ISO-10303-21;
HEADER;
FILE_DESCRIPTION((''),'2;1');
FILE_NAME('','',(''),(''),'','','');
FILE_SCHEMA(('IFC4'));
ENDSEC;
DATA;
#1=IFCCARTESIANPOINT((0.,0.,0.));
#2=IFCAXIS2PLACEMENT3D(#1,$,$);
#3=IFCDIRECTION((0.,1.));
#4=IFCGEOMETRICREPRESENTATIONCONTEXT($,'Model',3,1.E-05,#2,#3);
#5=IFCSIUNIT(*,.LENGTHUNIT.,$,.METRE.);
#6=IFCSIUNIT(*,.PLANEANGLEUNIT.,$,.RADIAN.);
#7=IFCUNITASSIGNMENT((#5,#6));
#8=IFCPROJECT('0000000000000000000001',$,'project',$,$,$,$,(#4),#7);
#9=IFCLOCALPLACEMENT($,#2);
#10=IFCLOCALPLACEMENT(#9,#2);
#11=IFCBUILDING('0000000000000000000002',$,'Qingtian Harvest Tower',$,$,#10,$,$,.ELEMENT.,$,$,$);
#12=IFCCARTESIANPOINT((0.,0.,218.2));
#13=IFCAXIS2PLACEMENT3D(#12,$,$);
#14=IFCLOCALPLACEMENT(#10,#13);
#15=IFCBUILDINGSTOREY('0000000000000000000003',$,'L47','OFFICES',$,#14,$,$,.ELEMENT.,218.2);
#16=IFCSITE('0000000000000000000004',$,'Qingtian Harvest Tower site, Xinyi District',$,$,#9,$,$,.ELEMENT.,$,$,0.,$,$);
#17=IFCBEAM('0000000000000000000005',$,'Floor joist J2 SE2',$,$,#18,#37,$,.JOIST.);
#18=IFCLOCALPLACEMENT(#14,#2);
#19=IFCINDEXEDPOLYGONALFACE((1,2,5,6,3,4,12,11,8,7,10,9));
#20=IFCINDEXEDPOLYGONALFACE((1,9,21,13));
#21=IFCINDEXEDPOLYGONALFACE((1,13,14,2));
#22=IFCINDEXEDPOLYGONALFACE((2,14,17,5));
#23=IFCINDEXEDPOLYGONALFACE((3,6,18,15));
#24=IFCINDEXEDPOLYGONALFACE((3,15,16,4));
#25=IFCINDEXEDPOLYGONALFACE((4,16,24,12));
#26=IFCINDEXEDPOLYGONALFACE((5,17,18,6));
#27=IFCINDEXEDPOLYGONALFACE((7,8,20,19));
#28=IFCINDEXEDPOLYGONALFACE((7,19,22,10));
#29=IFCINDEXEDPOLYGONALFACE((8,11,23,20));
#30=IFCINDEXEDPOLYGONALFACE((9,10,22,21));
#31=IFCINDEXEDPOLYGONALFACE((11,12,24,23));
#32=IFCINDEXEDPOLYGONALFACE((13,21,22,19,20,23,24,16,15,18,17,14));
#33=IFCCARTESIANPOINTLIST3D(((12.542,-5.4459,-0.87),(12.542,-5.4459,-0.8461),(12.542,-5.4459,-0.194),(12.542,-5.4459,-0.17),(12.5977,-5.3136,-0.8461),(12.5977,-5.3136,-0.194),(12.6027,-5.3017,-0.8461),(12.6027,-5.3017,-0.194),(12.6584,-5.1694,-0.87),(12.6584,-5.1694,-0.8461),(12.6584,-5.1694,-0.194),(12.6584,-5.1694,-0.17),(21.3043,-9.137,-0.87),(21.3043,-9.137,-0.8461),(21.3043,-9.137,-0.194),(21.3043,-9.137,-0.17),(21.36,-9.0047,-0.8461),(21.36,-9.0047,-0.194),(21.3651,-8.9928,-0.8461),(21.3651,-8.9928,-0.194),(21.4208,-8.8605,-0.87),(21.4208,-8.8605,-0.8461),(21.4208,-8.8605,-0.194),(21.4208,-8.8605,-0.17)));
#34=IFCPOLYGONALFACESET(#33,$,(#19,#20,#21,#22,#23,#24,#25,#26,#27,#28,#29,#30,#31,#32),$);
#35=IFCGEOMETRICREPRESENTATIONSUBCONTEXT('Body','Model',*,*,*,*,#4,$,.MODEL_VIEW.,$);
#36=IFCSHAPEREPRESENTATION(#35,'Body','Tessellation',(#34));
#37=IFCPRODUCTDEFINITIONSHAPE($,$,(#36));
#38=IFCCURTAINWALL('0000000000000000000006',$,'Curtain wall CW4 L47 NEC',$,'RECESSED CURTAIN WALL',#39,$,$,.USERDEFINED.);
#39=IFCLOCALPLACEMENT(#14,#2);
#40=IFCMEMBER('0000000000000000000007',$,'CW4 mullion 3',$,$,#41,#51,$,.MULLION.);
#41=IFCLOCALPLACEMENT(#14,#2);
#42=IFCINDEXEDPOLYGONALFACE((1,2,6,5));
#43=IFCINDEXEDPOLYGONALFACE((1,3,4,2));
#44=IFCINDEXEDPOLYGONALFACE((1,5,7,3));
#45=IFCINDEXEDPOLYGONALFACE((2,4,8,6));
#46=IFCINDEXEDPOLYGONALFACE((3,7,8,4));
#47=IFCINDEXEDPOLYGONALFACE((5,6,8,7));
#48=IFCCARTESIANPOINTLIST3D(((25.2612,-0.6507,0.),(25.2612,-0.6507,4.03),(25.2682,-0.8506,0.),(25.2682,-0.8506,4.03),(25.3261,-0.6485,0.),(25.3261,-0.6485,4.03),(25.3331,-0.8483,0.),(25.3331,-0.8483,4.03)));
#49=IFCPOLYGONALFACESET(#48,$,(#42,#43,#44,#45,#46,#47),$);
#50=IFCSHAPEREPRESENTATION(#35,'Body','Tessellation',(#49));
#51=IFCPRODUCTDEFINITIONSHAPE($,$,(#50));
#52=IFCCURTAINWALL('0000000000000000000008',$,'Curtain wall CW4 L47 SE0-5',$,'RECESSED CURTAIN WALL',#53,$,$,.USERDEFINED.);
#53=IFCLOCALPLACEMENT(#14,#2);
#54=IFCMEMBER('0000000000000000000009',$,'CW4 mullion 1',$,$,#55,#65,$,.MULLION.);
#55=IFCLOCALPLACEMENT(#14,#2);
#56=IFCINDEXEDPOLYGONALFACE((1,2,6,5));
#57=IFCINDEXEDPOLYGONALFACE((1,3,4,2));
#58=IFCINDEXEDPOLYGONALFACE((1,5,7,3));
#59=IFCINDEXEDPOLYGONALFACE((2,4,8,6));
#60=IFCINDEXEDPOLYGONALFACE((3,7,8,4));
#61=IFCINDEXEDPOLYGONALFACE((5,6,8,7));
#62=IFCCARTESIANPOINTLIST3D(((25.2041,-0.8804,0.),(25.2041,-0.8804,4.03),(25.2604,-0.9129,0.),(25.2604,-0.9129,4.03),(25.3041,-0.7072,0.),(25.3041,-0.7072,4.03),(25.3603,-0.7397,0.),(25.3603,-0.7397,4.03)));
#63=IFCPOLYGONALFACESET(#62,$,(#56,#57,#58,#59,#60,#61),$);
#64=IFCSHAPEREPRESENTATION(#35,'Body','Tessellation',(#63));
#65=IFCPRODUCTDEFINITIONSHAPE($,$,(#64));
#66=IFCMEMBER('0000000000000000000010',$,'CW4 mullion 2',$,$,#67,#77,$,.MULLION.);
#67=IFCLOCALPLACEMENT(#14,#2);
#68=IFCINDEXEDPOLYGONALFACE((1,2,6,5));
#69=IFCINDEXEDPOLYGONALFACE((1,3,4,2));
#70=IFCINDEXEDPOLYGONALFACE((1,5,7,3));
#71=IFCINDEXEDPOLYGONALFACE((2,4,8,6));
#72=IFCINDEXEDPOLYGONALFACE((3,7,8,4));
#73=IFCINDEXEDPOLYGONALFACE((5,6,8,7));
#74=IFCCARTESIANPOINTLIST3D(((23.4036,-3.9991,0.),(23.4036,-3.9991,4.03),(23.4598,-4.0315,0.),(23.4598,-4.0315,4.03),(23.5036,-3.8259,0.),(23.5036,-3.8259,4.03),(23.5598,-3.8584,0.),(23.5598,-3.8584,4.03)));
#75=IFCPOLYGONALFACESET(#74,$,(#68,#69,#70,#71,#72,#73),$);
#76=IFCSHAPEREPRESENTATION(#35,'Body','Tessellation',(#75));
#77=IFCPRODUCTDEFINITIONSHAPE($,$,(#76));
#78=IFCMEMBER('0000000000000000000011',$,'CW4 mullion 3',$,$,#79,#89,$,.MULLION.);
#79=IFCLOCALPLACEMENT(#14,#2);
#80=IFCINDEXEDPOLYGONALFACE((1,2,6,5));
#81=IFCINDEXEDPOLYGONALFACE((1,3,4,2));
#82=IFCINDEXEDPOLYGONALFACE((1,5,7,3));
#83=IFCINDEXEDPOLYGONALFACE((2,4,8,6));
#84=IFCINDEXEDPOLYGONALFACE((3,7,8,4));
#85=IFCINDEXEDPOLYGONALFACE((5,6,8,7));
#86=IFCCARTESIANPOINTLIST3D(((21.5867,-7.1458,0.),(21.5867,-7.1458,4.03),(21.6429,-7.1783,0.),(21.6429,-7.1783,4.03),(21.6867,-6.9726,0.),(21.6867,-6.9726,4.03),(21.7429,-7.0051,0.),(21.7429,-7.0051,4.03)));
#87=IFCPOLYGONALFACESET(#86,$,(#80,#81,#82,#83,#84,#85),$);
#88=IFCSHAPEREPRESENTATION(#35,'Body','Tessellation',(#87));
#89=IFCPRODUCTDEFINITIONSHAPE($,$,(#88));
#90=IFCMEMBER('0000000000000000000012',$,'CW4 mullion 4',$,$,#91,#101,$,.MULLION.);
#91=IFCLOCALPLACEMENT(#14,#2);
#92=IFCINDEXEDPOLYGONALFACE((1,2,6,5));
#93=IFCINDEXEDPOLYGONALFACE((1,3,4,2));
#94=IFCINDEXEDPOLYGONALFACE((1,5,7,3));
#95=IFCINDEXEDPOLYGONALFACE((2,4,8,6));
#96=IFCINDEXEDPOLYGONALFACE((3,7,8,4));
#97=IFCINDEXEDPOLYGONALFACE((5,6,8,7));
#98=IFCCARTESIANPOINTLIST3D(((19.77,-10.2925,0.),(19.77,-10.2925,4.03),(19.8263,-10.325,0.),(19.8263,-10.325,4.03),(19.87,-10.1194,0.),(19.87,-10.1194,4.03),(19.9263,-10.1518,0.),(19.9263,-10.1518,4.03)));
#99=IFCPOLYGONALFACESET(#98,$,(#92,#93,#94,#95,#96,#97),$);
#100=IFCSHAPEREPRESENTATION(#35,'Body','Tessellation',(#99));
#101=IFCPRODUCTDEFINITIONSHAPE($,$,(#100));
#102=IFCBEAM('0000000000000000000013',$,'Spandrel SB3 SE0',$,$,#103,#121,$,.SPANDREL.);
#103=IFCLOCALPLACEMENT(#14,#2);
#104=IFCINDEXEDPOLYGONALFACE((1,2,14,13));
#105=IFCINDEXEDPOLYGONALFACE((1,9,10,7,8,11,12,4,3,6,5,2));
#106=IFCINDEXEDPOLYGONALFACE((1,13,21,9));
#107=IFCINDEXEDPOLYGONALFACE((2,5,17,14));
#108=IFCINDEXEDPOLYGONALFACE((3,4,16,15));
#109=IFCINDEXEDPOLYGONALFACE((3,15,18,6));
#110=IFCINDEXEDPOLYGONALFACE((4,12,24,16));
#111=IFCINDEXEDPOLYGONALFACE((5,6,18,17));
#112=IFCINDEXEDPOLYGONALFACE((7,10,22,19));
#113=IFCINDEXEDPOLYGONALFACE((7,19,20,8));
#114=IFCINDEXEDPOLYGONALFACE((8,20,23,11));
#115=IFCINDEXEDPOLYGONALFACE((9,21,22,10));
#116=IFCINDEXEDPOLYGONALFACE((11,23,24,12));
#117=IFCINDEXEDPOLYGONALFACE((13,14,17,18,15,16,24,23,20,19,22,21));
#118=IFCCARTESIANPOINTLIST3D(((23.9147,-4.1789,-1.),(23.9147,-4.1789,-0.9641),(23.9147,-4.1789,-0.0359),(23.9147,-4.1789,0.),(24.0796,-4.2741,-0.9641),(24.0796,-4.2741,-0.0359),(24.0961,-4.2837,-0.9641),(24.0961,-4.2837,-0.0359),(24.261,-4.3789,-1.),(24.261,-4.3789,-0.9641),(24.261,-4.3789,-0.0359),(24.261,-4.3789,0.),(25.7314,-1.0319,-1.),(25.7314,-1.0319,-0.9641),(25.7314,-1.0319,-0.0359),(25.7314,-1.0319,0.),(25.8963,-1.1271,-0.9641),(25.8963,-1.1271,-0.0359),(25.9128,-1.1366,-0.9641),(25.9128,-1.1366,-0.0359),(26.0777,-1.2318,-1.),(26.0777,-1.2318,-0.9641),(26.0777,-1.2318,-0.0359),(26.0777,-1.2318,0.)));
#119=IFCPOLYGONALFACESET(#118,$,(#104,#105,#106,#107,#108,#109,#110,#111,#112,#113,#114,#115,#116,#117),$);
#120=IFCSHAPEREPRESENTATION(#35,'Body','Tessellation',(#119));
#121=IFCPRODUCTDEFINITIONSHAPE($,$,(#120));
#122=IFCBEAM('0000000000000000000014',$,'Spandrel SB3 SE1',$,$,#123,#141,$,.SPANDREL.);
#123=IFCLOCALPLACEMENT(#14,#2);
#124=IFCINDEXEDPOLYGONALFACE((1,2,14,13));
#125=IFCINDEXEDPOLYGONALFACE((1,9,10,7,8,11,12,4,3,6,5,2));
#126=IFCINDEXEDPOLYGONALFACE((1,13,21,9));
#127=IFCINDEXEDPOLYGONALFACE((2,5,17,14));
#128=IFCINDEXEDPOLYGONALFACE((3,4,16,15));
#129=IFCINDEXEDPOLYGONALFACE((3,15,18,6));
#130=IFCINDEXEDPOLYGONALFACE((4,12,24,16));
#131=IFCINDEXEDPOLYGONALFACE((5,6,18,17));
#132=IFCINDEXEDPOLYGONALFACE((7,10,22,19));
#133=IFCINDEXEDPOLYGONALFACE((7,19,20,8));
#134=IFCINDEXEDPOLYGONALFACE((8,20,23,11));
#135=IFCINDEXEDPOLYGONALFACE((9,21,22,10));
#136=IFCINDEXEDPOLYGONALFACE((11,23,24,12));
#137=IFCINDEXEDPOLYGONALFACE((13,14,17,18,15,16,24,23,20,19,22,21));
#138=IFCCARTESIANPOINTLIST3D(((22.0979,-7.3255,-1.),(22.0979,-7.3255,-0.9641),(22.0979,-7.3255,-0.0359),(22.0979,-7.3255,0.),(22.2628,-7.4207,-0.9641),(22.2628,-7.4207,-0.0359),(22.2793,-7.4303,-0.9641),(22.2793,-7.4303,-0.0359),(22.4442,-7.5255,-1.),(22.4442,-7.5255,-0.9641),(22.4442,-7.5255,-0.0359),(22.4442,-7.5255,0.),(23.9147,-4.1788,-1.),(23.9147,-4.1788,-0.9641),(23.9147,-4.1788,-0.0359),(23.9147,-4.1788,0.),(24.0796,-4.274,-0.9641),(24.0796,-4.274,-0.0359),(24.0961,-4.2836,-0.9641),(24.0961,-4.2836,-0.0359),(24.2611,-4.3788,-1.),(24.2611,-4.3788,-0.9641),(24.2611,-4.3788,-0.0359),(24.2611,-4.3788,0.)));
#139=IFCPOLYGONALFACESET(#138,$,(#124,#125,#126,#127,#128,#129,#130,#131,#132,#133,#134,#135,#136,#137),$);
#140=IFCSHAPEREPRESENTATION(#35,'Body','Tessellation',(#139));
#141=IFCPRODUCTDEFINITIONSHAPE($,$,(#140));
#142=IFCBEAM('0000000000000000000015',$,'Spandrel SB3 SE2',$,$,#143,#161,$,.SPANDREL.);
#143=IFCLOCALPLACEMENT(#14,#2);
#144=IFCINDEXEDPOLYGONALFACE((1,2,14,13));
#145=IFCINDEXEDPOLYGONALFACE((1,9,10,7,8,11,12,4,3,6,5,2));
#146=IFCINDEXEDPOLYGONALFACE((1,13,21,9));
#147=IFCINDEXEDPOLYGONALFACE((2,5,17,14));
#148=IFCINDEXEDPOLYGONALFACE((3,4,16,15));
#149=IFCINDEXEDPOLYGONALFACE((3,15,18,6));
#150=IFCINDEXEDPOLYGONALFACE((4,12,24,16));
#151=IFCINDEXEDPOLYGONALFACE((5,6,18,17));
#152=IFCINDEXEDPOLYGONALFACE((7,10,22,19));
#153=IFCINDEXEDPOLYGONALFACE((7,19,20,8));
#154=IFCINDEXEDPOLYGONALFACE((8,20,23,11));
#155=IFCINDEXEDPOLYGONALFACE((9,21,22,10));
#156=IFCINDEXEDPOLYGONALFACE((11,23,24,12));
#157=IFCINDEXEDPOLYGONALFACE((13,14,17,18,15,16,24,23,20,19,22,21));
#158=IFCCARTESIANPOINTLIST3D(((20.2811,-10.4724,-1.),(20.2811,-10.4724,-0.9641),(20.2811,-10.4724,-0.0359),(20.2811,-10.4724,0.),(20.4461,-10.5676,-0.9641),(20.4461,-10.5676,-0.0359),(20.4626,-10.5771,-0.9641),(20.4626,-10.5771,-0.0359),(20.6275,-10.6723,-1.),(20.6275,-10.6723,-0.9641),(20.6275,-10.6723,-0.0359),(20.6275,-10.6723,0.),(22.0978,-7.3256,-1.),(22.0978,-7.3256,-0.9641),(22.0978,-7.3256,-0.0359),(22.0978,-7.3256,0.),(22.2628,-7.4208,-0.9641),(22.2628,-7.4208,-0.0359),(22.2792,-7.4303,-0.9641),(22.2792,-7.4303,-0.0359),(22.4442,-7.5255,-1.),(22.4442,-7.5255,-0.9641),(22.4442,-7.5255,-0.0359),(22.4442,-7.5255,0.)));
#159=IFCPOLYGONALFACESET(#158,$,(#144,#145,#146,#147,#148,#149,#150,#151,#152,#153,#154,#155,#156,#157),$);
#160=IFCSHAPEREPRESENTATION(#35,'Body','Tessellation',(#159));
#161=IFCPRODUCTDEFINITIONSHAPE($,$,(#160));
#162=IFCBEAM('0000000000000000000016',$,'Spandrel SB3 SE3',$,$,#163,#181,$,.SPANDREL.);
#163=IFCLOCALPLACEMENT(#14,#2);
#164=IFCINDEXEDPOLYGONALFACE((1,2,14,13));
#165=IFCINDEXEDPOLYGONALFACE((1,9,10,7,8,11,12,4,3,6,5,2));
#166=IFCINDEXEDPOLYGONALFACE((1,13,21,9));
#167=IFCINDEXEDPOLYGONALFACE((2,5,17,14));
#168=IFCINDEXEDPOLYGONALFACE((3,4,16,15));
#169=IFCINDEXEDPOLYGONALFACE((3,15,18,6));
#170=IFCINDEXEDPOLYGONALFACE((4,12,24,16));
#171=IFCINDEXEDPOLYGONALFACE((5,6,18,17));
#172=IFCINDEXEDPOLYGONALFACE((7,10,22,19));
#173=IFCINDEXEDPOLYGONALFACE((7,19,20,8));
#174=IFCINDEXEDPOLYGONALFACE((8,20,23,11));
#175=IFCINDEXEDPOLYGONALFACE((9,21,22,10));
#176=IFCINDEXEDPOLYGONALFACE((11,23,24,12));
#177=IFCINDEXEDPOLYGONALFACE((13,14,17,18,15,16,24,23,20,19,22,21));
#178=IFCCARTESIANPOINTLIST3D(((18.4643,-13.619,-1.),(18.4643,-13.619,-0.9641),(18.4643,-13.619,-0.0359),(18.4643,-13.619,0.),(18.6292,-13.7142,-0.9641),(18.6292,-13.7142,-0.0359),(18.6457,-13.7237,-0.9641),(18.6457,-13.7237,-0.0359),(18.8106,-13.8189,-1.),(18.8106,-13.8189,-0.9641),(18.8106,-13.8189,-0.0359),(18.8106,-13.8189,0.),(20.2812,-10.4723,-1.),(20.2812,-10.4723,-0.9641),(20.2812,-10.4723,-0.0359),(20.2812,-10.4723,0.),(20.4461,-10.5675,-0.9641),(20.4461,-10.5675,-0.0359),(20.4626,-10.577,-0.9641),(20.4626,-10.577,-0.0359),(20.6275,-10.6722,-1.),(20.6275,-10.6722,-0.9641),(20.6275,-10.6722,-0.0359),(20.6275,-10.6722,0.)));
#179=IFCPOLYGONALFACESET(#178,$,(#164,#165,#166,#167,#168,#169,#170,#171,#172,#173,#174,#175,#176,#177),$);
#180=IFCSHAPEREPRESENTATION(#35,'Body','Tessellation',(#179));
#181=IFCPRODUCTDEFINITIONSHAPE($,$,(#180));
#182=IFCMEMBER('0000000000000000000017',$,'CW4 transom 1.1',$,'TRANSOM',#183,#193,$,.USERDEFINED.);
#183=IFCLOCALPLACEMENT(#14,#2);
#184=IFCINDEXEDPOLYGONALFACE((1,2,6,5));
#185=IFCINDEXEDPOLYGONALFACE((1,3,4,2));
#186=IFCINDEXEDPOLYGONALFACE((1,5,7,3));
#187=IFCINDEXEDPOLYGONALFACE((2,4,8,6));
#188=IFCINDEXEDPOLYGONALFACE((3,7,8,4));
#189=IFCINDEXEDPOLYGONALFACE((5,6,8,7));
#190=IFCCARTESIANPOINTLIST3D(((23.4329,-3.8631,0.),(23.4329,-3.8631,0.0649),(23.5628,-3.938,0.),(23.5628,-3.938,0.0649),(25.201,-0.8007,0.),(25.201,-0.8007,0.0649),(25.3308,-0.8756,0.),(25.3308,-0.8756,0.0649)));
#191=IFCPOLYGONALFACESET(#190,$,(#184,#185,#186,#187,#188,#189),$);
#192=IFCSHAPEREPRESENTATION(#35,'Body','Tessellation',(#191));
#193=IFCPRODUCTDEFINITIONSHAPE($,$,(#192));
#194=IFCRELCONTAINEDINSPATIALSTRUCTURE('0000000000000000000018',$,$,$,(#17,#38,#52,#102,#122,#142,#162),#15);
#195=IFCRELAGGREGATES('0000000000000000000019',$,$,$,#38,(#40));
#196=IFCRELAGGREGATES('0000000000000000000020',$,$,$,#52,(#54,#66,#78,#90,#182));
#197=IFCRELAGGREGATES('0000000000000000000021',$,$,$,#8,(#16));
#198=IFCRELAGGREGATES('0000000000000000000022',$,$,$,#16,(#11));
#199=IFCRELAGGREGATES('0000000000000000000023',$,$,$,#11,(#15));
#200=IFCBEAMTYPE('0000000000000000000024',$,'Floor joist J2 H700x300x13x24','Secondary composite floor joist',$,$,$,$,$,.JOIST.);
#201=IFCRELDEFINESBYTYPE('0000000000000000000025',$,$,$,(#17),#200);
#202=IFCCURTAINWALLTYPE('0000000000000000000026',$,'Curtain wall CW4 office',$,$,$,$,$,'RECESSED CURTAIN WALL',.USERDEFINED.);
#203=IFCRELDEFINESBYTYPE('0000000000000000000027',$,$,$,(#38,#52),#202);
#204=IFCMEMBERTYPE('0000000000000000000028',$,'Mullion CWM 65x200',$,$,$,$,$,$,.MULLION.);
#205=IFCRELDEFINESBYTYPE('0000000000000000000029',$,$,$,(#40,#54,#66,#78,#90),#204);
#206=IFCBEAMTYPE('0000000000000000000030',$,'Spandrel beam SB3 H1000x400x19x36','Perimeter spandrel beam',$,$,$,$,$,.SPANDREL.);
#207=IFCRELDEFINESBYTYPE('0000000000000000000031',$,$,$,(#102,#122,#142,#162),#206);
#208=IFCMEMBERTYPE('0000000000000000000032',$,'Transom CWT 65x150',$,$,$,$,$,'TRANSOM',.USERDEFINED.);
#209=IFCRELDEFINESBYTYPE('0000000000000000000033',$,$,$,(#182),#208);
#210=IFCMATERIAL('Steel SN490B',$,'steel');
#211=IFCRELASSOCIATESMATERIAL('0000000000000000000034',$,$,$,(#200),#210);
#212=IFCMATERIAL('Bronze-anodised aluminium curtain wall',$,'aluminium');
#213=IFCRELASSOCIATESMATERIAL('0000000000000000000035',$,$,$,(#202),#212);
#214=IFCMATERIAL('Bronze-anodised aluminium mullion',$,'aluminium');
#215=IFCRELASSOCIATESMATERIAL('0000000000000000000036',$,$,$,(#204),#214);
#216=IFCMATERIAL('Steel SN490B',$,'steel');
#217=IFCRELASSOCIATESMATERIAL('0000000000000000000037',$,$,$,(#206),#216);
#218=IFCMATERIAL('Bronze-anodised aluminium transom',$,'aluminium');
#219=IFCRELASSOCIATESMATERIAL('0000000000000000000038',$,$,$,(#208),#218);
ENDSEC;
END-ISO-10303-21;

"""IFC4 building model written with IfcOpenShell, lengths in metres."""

from ifc_helpers import new_model, si_unit, direction, frame, origin, origin_2d, place, context, subcontext, project, spatial, rectangle, i_section, extrude, material, material_profile, profile_set, type_object, element, aggregate, save


model = new_model("IFC4")

# Units and contexts
model_context = context("Model", 3, precision=1e-05, world=origin(), true_north=direction((0.0, 1.0)))
body_context = subcontext(model_context, "Body", "Model", "MODEL_VIEW")
ifc_project = project(units=[si_unit("LENGTHUNIT", "METRE"), si_unit("PLANEANGLEUNIT", "RADIAN")], contexts=[model_context])

# Site, building, storey
site_placement = place(None, origin())
site = spatial("IfcSite", under=ifc_project, at=site_placement, Name="Qingtian Harvest Tower site, Xinyi District", CompositionType="ELEMENT", RefElevation=0.0)
building_placement = place(site_placement, origin())
building = spatial("IfcBuilding", under=site, at=building_placement, Name="Qingtian Harvest Tower", CompositionType="ELEMENT")
storey_placement = place(building_placement, frame((0.0, 0.0, 218.2)))
storey = spatial("IfcBuildingStorey", under=building, at=storey_placement, Name="L47", Description="OFFICES", CompositionType="ELEMENT", Elevation=218.2)

# Beam
ifc_material_1 = material(Name="Steel SN490B", Category="steel")
ifc_material_profile_1 = material_profile(ifc_material_1, i_section(OverallWidth=0.3, OverallDepth=0.7, WebThickness=0.0129, FlangeThickness=0.0239, at=origin_2d()), Name="H700x300x13x24")
ifc_profile_set_1 = profile_set([ifc_material_profile_1], Name="Steel SN490B")
beam_type_1 = type_object("IfcBeamType", Name="Floor joist J2 H700x300x13x24", Description="Secondary composite floor joist", PredefinedType="JOIST", material=ifc_profile_set_1)
beam_1_placement = place(storey_placement, frame((21.3625, -8.9988, -0.52), z_axis=(-0.921571, 0.38821, 0.0), x_axis=(-0.38821, -0.921571, 0.0)))
element("IfcBeam", 1, at=beam_1_placement, inside=storey, type_object=beam_type_1, Name="Floor joist J2 SE2", PredefinedType="JOIST", context=body_context, shape_type="SweptSolid", body=[
    extrude(i_section(OverallWidth=0.3, OverallDepth=0.7, WebThickness=0.0129, FlangeThickness=0.0239, at=origin_2d()), origin(), (0.0, 0.0, 1.0), 9.5081),
])

# Curtain wall, member
ifc_material_2 = material(Name="Bronze-anodised aluminium curtain wall", Category="aluminium")
curtain_wall_type = type_object("IfcCurtainWallType", Name="Curtain wall CW4 office", ElementType="RECESSED CURTAIN WALL", PredefinedType="USERDEFINED", material=ifc_material_2)
curtain_wall_1_placement = place(storey_placement, origin())
curtain_wall_1 = element("IfcCurtainWall", 2, at=curtain_wall_1_placement, inside=storey, type_object=curtain_wall_type, Name="Curtain wall CW4 L47 NEC", ObjectType="RECESSED CURTAIN WALL", PredefinedType="USERDEFINED")
ifc_material_3 = material(Name="Bronze-anodised aluminium mullion", Category="aluminium")
ifc_material_profile_2 = material_profile(ifc_material_3, rectangle(XDim=0.0649, YDim=0.2, at=origin_2d()), Name="AL 65x200")
ifc_profile_set_2 = profile_set([ifc_material_profile_2], Name="Bronze-anodised aluminium mullion")
member_type_1 = type_object("IfcMemberType", Name="Mullion CWM 65x200", PredefinedType="MULLION", material=ifc_profile_set_2)
member_1_placement = place(storey_placement, frame((25.2971, -0.7495, 0.0), z_axis=(0.0, 0.0, 1.0), x_axis=(0.999391, 0.034899, 0.0)))
member_1 = element("IfcMember", 3, at=member_1_placement, type_object=member_type_1, Name="CW4 mullion 3", PredefinedType="MULLION", context=body_context, shape_type="SweptSolid", body=[
    extrude(rectangle(XDim=0.0649, YDim=0.2, at=origin_2d()), origin(), (0.0, 0.0, 1.0), 4.03),
])
aggregate(curtain_wall_1, [member_1])

# Curtain wall, members
curtain_wall_2_placement = place(storey_placement, origin())
curtain_wall_2 = element("IfcCurtainWall", 4, at=curtain_wall_2_placement, inside=storey, type_object=curtain_wall_type, Name="Curtain wall CW4 L47 SE0-5", ObjectType="RECESSED CURTAIN WALL", PredefinedType="USERDEFINED")
member_2_placement = place(storey_placement, frame((25.2822, -0.8101, 0.0), z_axis=(0.0, 0.0, 1.0), x_axis=(0.866025, -0.5, 0.0)))
member_2 = element("IfcMember", 5, at=member_2_placement, type_object=member_type_1, Name="CW4 mullion 1", PredefinedType="MULLION", context=body_context, shape_type="SweptSolid", body=[
    extrude(rectangle(XDim=0.0649, YDim=0.2, at=origin_2d()), origin(), (0.0, 0.0, 1.0), 4.03),
])
member_3_placement = place(storey_placement, frame((23.4817, -3.9287, 0.0), z_axis=(0.0, 0.0, 1.0), x_axis=(0.866025, -0.5, 0.0)))
member_3 = element("IfcMember", 6, at=member_3_placement, type_object=member_type_1, Name="CW4 mullion 2", PredefinedType="MULLION", context=body_context, shape_type="SweptSolid", body=[
    extrude(rectangle(XDim=0.0649, YDim=0.2, at=origin_2d()), origin(), (0.0, 0.0, 1.0), 4.03),
])
member_4_placement = place(storey_placement, frame((21.6648, -7.0754, 0.0), z_axis=(0.0, 0.0, 1.0), x_axis=(0.866025, -0.5, 0.0)))
member_4 = element("IfcMember", 7, at=member_4_placement, type_object=member_type_1, Name="CW4 mullion 3", PredefinedType="MULLION", context=body_context, shape_type="SweptSolid", body=[
    extrude(rectangle(XDim=0.0649, YDim=0.2, at=origin_2d()), origin(), (0.0, 0.0, 1.0), 4.03),
])
member_5_placement = place(storey_placement, frame((19.8481, -10.2222, 0.0), z_axis=(0.0, 0.0, 1.0), x_axis=(0.866025, -0.5, 0.0)))
member_5 = element("IfcMember", 8, at=member_5_placement, type_object=member_type_1, Name="CW4 mullion 4", PredefinedType="MULLION", context=body_context, shape_type="SweptSolid", body=[
    extrude(rectangle(XDim=0.0649, YDim=0.2, at=origin_2d()), origin(), (0.0, 0.0, 1.0), 4.03),
])

# Beams
ifc_material_4 = material(Name="Steel SN490B", Category="steel")
ifc_material_profile_3 = material_profile(ifc_material_4, i_section(OverallWidth=0.3999, OverallDepth=1.0, WebThickness=0.019, FlangeThickness=0.0359, at=origin_2d()), Name="H1000x400x19x36")
ifc_profile_set_3 = profile_set([ifc_material_profile_3], Name="Steel SN490B")
beam_type_2 = type_object("IfcBeamType", Name="Spandrel beam SB3 H1000x400x19x36", Description="Perimeter spandrel beam", PredefinedType="SPANDREL", material=ifc_profile_set_3)
beam_2_placement = place(storey_placement, frame((25.9045, -1.1318, -0.5), z_axis=(-0.499947, -0.866056, 0.0), x_axis=(0.866056, -0.499947, 0.0)))
element("IfcBeam", 9, at=beam_2_placement, inside=storey, type_object=beam_type_2, Name="Spandrel SB3 SE0", PredefinedType="SPANDREL", context=body_context, shape_type="SweptSolid", body=[
    extrude(i_section(OverallWidth=0.3999, OverallDepth=1.0, WebThickness=0.019, FlangeThickness=0.0359, at=origin_2d()), origin(), (0.0, 0.0, 1.0), 3.6338),
])
for number, where, z_axis, x_axis, name in (
    (10, (24.0879, -4.2788, -0.5), (-0.500027, -0.86601, 0.0), (0.86601, -0.500027, 0.0), "Spandrel SB3 SE1"),
    (11, (22.271, -7.4255, -0.5), (-0.499976, -0.866039, 0.0), (0.866039, -0.499976, 0.0), "Spandrel SB3 SE2"),
    (12, (20.4543, -10.5723, -0.5), (-0.500027, -0.86601, 0.0), (0.86601, -0.500027, 0.0), "Spandrel SB3 SE3"),
):
    element("IfcBeam", number, at=place(storey_placement, frame(where, z_axis=z_axis, x_axis=x_axis)), inside=storey, type_object=beam_type_2, Name=name, PredefinedType="SPANDREL", context=body_context, shape_type="SweptSolid", body=[
        extrude(i_section(OverallWidth=0.3999, OverallDepth=1.0, WebThickness=0.019, FlangeThickness=0.0359, at=origin_2d()), origin(), (0.0, 0.0, 1.0), 3.6335),
    ])

# Member
ifc_material_5 = material(Name="Bronze-anodised aluminium transom", Category="aluminium")
ifc_material_profile_4 = material_profile(ifc_material_5, rectangle(XDim=0.1499, YDim=0.0649, at=origin_2d()), Name="AL 65x150")
ifc_profile_set_4 = profile_set([ifc_material_profile_4], Name="Bronze-anodised aluminium transom")
member_type_2 = type_object("IfcMemberType", Name="Transom CWT 65x150", ElementType="TRANSOM", PredefinedType="USERDEFINED", material=ifc_profile_set_4)
member_6_placement = place(storey_placement, frame((25.2659, -0.8381, 0.0325), z_axis=(-0.499985, -0.866034, 0.0), x_axis=(0.866034, -0.499985, 0.0)))
member_6 = element("IfcMember", 13, at=member_6_placement, type_object=member_type_2, Name="CW4 transom 1.1", ObjectType="TRANSOM", PredefinedType="USERDEFINED", context=body_context, shape_type="SweptSolid", body=[
    extrude(rectangle(XDim=0.1499, YDim=0.0649, at=origin_2d()), origin(), (0.0, 0.0, 1.0), 3.5361),
])

aggregate(curtain_wall_2, [member_2, member_3, member_4, member_5, member_6])

save(model, "model.ifc")
